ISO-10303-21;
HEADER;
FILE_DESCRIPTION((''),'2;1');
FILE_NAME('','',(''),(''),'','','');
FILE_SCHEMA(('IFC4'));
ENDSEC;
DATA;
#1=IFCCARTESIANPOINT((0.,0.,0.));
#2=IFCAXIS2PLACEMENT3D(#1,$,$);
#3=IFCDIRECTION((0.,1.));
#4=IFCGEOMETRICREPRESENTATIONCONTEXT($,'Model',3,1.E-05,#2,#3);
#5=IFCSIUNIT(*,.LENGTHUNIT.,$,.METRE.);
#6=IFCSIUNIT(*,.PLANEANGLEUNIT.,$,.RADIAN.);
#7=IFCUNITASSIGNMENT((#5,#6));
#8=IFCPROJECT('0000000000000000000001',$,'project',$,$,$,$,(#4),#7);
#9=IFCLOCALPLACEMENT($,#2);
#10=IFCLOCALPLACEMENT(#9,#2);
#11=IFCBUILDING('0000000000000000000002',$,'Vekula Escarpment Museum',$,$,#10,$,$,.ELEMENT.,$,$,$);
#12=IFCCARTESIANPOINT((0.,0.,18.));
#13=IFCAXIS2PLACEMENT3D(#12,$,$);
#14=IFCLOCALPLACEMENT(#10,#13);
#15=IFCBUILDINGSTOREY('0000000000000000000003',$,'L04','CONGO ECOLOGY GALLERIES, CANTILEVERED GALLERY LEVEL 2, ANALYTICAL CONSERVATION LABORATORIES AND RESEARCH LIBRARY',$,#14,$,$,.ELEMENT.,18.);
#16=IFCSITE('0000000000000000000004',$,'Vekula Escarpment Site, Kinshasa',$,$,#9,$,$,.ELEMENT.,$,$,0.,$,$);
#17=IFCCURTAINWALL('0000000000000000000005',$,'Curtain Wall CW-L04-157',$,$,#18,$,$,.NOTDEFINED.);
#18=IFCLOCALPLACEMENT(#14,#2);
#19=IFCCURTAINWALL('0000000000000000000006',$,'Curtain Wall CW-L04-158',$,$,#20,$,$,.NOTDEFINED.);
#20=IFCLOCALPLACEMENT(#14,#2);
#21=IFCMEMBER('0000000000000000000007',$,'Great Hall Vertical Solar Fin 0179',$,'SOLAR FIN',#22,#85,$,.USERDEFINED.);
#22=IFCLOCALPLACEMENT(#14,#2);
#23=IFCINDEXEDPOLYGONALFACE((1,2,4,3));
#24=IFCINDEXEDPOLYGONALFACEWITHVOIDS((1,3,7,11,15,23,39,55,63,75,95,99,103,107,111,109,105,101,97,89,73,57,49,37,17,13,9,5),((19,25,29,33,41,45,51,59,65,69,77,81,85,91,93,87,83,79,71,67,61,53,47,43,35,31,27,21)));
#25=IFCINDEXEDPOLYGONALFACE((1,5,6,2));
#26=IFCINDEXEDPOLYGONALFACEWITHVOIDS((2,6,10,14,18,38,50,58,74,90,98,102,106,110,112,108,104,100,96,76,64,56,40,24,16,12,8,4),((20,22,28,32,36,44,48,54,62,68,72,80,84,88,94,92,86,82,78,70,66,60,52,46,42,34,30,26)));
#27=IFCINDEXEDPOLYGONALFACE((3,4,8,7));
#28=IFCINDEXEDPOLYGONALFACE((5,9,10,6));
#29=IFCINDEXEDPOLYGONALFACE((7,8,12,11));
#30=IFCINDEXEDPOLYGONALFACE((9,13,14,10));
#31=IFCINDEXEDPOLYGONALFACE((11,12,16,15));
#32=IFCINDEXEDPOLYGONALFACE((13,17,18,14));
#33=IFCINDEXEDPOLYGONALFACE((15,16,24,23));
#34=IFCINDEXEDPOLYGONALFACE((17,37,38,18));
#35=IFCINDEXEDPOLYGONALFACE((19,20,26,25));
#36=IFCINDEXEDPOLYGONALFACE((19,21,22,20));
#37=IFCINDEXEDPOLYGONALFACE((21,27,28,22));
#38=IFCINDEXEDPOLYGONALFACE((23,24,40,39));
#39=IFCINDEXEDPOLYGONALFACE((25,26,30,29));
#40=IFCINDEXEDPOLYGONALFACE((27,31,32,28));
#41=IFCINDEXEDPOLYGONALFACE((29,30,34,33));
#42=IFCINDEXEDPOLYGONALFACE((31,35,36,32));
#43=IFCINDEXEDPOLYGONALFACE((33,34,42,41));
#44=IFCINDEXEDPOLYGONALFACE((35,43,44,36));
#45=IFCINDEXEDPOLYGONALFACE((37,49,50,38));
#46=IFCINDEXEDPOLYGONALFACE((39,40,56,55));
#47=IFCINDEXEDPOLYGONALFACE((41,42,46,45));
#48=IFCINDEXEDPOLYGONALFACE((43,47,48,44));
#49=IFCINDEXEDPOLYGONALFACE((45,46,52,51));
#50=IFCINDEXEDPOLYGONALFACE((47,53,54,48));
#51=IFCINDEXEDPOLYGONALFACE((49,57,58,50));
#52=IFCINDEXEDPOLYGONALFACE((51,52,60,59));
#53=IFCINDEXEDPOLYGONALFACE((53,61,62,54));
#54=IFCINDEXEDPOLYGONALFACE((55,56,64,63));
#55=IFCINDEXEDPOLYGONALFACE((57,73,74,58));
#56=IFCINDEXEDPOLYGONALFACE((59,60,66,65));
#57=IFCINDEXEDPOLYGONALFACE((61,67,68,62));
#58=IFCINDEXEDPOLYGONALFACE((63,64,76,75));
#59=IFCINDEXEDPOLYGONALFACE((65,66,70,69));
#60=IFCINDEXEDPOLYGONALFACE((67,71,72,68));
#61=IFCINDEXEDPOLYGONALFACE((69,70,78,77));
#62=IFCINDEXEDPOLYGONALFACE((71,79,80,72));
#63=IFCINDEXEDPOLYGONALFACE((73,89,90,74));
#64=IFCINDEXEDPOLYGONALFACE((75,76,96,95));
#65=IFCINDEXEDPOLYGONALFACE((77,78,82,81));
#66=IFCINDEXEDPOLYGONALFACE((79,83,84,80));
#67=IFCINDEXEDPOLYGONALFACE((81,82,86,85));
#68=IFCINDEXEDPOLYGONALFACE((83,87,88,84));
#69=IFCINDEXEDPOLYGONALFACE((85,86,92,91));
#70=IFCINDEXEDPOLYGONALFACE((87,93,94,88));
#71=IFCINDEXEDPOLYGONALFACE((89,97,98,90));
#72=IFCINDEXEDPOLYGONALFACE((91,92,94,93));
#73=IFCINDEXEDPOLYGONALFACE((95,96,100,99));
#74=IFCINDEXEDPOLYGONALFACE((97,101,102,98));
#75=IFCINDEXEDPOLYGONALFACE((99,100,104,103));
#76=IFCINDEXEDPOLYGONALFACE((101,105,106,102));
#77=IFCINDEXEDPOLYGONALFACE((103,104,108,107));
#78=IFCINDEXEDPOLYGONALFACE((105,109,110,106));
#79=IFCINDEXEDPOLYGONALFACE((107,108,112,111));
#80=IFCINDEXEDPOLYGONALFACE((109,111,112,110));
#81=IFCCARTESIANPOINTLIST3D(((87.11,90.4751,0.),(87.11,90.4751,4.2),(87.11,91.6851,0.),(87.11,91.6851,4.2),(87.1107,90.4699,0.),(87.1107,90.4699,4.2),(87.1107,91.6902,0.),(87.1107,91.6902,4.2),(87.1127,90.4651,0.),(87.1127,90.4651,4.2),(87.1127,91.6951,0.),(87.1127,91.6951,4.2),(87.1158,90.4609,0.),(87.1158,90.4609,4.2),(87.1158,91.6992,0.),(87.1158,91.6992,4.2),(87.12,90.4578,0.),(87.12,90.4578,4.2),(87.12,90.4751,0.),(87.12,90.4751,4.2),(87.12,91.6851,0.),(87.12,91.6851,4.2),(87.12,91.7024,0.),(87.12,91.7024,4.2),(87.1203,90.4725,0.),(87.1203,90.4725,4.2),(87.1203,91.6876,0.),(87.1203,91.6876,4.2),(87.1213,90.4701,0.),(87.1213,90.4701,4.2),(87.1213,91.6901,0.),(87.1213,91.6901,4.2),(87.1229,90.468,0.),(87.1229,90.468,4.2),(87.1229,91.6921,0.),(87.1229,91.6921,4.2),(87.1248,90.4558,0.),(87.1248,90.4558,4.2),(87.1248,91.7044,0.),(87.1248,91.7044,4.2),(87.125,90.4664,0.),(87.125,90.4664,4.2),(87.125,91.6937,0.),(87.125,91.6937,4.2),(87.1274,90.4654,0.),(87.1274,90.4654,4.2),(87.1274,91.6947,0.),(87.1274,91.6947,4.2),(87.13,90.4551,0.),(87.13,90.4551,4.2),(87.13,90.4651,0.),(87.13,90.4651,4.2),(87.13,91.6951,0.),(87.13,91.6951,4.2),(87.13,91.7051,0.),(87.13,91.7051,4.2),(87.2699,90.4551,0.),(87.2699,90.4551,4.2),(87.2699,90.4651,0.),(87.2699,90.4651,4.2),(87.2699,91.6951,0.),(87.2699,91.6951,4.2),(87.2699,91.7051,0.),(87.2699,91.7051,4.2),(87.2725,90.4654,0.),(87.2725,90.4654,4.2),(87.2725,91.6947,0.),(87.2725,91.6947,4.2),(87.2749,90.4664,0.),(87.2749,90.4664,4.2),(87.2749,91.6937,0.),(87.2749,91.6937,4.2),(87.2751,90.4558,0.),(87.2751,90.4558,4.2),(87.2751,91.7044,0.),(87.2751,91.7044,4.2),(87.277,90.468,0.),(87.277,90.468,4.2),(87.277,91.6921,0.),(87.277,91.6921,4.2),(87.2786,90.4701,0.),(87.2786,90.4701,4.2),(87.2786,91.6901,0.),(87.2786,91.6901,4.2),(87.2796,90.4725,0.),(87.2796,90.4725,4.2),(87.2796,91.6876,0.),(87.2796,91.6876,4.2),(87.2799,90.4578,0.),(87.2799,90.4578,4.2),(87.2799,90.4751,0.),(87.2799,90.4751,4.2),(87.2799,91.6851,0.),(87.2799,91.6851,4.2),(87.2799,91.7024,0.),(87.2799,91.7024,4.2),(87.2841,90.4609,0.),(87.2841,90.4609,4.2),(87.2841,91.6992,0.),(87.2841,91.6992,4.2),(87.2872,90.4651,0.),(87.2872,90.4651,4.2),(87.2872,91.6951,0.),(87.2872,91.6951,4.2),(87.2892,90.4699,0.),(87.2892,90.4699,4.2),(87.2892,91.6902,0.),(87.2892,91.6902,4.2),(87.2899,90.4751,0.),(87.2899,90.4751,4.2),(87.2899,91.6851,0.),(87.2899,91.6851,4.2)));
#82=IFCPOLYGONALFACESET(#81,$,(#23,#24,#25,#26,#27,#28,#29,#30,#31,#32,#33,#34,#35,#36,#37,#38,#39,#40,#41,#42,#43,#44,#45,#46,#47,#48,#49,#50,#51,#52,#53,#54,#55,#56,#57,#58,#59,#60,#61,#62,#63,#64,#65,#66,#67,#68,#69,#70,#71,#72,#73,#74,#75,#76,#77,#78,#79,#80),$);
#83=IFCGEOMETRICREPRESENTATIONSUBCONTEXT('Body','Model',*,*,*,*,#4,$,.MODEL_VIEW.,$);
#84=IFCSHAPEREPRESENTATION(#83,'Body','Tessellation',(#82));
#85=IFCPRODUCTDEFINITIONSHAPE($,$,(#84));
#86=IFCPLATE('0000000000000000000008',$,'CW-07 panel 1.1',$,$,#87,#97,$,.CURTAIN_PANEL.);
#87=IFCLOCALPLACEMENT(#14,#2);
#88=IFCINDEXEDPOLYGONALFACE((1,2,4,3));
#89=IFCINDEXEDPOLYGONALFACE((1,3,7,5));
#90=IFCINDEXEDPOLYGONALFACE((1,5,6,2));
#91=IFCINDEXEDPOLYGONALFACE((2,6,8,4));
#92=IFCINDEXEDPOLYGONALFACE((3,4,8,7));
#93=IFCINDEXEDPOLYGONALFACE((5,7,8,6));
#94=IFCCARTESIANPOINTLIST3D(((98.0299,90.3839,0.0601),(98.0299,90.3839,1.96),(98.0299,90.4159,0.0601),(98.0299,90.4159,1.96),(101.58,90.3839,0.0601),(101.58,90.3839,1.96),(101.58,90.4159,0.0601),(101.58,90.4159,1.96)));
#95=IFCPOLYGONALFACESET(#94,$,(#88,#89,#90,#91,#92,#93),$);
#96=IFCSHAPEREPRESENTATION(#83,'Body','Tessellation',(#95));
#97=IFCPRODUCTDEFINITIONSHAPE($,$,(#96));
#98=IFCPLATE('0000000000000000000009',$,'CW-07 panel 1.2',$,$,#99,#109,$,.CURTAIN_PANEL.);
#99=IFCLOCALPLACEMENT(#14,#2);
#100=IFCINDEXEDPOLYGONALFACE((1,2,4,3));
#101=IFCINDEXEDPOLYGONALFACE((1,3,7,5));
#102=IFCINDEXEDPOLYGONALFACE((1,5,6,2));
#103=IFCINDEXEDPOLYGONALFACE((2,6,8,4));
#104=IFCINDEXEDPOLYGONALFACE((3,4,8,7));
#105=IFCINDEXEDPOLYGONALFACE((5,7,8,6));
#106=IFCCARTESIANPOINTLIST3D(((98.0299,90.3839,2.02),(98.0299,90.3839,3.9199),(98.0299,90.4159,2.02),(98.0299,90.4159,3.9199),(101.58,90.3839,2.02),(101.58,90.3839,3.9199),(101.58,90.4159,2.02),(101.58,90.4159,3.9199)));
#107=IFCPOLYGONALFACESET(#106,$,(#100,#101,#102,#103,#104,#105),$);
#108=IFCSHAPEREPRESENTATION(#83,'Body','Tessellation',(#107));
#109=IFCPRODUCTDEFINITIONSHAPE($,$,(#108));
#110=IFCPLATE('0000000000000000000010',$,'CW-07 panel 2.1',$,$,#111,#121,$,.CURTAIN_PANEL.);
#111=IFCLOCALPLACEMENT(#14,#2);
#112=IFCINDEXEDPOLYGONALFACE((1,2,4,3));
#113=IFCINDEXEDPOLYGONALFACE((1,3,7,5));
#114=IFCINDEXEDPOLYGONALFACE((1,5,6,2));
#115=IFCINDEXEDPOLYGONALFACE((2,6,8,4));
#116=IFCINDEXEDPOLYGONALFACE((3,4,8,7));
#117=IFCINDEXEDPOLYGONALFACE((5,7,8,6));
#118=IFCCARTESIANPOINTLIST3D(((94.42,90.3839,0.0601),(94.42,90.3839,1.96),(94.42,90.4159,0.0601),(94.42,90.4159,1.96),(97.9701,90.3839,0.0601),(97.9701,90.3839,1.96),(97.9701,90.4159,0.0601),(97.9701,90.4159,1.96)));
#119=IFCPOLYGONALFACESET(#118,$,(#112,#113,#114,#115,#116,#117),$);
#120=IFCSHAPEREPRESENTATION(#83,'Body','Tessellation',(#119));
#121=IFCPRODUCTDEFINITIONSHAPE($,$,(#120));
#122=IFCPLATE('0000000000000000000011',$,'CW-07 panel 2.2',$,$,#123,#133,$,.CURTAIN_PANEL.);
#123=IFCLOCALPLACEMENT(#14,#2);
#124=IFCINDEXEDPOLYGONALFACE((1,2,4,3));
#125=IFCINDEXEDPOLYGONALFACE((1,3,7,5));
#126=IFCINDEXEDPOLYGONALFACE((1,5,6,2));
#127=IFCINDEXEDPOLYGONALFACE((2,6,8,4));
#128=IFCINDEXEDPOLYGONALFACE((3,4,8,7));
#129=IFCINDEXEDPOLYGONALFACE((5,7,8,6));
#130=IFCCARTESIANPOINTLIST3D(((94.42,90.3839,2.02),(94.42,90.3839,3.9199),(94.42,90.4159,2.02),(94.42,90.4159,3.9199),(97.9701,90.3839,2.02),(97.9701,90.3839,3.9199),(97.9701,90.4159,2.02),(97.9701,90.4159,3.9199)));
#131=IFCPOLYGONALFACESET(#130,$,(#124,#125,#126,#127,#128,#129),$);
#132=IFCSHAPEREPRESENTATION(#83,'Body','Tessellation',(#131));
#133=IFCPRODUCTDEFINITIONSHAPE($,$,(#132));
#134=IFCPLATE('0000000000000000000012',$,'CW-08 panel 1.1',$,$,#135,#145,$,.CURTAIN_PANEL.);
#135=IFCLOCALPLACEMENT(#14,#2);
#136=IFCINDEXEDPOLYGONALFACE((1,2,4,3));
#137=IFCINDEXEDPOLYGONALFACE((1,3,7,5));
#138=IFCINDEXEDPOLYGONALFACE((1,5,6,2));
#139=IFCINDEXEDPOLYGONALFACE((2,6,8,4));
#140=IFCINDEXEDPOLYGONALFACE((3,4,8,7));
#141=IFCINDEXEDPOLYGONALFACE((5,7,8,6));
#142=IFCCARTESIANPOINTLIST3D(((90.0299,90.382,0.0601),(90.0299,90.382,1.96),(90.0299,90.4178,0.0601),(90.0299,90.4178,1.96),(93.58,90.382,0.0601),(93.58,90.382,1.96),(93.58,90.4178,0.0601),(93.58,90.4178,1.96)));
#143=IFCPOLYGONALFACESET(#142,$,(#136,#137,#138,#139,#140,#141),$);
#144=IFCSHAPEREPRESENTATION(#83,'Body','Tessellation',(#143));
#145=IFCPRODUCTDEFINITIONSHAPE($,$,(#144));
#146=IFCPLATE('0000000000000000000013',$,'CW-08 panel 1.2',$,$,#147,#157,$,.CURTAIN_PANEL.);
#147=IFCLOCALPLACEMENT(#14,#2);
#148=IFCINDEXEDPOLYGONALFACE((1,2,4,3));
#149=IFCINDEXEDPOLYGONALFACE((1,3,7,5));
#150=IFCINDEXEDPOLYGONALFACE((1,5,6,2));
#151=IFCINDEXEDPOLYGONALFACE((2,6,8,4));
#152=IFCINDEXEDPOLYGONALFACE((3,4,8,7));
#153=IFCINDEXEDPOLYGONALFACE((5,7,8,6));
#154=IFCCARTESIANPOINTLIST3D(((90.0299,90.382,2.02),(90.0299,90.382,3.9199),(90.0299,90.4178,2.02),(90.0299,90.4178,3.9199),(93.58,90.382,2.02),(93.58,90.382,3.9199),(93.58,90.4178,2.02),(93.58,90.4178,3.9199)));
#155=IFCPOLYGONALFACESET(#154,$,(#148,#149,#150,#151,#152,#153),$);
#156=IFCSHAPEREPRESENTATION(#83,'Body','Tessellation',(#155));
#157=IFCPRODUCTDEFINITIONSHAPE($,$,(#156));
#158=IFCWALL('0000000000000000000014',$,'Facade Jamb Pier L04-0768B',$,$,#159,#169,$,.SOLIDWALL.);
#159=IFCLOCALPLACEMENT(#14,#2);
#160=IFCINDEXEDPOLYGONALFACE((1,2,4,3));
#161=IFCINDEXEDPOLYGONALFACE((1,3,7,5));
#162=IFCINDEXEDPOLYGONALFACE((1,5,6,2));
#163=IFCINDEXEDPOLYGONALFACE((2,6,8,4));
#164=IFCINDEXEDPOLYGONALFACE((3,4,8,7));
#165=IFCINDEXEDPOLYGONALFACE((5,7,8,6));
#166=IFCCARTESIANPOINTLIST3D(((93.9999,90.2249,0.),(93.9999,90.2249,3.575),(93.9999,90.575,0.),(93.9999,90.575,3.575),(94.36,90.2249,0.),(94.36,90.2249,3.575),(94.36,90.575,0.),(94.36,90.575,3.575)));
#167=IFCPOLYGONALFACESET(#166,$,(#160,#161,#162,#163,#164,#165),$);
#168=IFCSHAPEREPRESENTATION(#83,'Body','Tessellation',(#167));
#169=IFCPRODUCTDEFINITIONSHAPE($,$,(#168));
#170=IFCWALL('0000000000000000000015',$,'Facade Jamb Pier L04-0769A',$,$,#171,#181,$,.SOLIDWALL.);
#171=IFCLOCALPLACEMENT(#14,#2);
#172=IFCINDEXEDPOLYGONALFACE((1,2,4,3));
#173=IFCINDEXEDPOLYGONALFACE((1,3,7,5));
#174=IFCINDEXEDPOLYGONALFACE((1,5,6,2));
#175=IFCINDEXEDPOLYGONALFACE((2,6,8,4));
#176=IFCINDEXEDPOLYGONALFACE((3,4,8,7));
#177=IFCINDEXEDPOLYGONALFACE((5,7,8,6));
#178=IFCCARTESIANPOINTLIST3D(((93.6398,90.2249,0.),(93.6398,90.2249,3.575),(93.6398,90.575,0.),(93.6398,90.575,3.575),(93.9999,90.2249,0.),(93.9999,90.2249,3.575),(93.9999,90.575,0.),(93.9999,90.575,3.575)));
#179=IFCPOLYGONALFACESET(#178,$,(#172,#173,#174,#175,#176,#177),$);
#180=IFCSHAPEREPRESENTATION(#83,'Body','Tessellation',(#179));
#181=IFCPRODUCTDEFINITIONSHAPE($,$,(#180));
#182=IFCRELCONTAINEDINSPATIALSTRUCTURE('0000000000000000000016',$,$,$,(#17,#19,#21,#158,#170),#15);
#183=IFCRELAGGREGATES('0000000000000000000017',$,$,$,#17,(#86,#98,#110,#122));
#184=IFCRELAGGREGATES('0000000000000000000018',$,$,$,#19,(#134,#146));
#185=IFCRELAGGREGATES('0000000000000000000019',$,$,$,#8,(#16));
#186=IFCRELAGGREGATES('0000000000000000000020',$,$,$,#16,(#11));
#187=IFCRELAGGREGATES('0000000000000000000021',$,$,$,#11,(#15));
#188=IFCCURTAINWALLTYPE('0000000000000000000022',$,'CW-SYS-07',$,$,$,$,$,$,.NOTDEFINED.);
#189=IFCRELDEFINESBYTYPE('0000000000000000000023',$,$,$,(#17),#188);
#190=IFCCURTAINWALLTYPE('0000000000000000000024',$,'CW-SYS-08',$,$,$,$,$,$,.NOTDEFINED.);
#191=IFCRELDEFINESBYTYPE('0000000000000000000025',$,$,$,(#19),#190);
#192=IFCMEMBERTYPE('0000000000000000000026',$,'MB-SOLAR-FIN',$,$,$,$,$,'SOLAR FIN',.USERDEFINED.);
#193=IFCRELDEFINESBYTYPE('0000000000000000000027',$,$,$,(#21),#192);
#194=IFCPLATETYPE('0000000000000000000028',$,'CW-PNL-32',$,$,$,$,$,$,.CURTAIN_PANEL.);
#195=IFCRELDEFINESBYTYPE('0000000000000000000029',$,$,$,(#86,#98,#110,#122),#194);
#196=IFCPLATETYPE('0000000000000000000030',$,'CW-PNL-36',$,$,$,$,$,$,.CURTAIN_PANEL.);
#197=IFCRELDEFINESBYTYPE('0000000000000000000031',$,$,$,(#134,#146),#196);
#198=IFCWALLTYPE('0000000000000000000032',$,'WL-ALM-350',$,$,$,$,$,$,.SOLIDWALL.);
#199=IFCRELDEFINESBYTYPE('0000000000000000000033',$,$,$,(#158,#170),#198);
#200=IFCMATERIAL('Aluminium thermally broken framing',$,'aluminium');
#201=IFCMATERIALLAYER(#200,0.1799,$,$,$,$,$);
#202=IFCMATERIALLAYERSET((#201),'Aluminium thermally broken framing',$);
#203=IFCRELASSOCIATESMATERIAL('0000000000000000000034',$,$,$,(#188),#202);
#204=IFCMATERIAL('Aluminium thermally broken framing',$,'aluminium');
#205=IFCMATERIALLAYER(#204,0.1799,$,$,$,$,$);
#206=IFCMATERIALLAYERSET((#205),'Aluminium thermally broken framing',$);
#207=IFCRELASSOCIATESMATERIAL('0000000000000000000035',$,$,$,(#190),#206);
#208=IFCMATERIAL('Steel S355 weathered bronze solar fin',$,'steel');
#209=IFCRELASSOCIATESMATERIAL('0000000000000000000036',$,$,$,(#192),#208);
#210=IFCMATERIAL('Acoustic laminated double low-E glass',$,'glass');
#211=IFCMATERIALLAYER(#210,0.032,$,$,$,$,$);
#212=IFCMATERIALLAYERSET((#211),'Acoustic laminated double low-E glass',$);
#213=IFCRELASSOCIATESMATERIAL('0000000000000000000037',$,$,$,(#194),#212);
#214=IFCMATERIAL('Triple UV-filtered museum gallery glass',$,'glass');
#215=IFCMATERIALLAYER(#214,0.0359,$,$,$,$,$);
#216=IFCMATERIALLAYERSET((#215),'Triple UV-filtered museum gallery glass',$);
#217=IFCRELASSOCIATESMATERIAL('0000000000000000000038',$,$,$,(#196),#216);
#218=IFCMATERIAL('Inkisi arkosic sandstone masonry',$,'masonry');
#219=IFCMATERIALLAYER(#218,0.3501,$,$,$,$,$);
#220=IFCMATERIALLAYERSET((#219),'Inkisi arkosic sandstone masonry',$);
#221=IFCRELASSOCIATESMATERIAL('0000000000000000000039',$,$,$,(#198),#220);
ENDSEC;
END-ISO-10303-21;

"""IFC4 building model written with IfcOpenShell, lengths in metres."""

from ifc_helpers import new_model, si_unit, direction, frame, frame_2d, origin, origin_2d, place, context, subcontext, project, spatial, rectangle, hollow_rectangle, extrude, material, layer, layer_set, material_profile, profile_set, type_object, element, aggregate, save


model = new_model("IFC4")

# Units and contexts
model_context = context("Model", 3, precision=1e-05, world=origin(), true_north=direction((0.0, 1.0)))
body_context = subcontext(model_context, "Body", "Model", "MODEL_VIEW")
ifc_project = project(units=[si_unit("LENGTHUNIT", "METRE"), si_unit("PLANEANGLEUNIT", "RADIAN")], contexts=[model_context])

# Site, building, storey
site_placement = place(None, origin())
site = spatial("IfcSite", under=ifc_project, at=site_placement, Name="Vekula Escarpment Site, Kinshasa", CompositionType="ELEMENT", RefElevation=0.0)
building_placement = place(site_placement, origin())
building = spatial("IfcBuilding", under=site, at=building_placement, Name="Vekula Escarpment Museum", CompositionType="ELEMENT")
storey_placement = place(building_placement, frame((0.0, 0.0, 18.0)))
storey = spatial("IfcBuildingStorey", under=building, at=storey_placement, Name="L04", Description="CONGO ECOLOGY GALLERIES, CANTILEVERED GALLERY LEVEL 2, ANALYTICAL CONSERVATION LABORATORIES AND RESEARCH LIBRARY", CompositionType="ELEMENT", Elevation=18.0)

# Curtain wall
ifc_material_1 = material(Name="Aluminium thermally broken framing", Category="aluminium")
ifc_layer_1 = layer(ifc_material_1, 0.1799)
ifc_layer_set_1 = layer_set([ifc_layer_1], Name="Aluminium thermally broken framing")
curtain_wall_type_1 = type_object("IfcCurtainWallType", Name="CW-SYS-07", PredefinedType="NOTDEFINED", material=ifc_layer_set_1)
curtain_wall_1_placement = place(storey_placement, origin())
curtain_wall_1 = element("IfcCurtainWall", 1, at=curtain_wall_1_placement, inside=storey, type_object=curtain_wall_type_1, Name="Curtain Wall CW-L04-157", PredefinedType="NOTDEFINED")

# Curtain wall
ifc_material_2 = material(Name="Aluminium thermally broken framing", Category="aluminium")
ifc_layer_2 = layer(ifc_material_2, 0.1799)
ifc_layer_set_2 = layer_set([ifc_layer_2], Name="Aluminium thermally broken framing")
curtain_wall_type_2 = type_object("IfcCurtainWallType", Name="CW-SYS-08", PredefinedType="NOTDEFINED", material=ifc_layer_set_2)
curtain_wall_2_placement = place(storey_placement, origin())
curtain_wall_2 = element("IfcCurtainWall", 2, at=curtain_wall_2_placement, inside=storey, type_object=curtain_wall_type_2, Name="Curtain Wall CW-L04-158", PredefinedType="NOTDEFINED")

# Member
ifc_material_3 = material(Name="Steel S355 weathered bronze solar fin", Category="steel")
ifc_material_profile_1 = material_profile(ifc_material_3, hollow_rectangle(XDim=0.1799, YDim=1.25, WallThickness=0.01, InnerFilletRadius=0.01, OuterFilletRadius=0.02, at=origin_2d()), Name="RHS 1250x180x10")
ifc_profile_set_1 = profile_set([ifc_material_profile_1], Name="Steel S355 weathered bronze solar fin")
member_type_1 = type_object("IfcMemberType", Name="MB-SOLAR-FIN", ElementType="SOLAR FIN", PredefinedType="USERDEFINED", material=ifc_profile_set_1)
for number, where, z_axis, x_axis, name in (
    (3, (87.2, 91.0801, 0.0), (0.0, 0.0, 1.0), (1.0, 0.0, 0.0), "Great Hall Vertical Solar Fin 0179"),
):
    element("IfcMember", number, at=place(storey_placement, frame(where, z_axis=z_axis, x_axis=x_axis)), inside=storey, type_object=member_type_1, Name=name, ObjectType="SOLAR FIN", PredefinedType="USERDEFINED", context=body_context, shape_type="SweptSolid", body=[
        extrude(hollow_rectangle(XDim=0.1799, YDim=1.25, WallThickness=0.01, InnerFilletRadius=0.01, OuterFilletRadius=0.02, at=origin_2d()), origin(), (0.0, 0.0, 1.0), 4.2),
    ])

# Plates
ifc_material_4 = material(Name="Acoustic laminated double low-E glass", Category="glass")
ifc_layer_3 = layer(ifc_material_4, 0.032)
ifc_layer_set_3 = layer_set([ifc_layer_3], Name="Acoustic laminated double low-E glass")
plate_type_1 = type_object("IfcPlateType", Name="CW-PNL-32", PredefinedType="CURTAIN_PANEL", material=ifc_layer_set_3)
plate_1_placement = place(storey_placement, frame((99.8049, 90.3999, 0.0601), z_axis=(0.0, 0.0, 1.0), x_axis=(-1.0, 0.0, 0.0)))
plate_1 = element("IfcPlate", 4, at=plate_1_placement, type_object=plate_type_1, Name="CW-07 panel 1.1", PredefinedType="CURTAIN_PANEL", context=body_context, shape_type="SweptSolid", body=[
    extrude(rectangle(XDim=3.55, YDim=0.032, at=origin_2d()), origin(), (0.0, 0.0, 1.0), 1.8999),
])
plate_2_placement = place(storey_placement, frame((99.8049, 90.3999, 2.02), z_axis=(0.0, 0.0, 1.0), x_axis=(-1.0, 0.0, 0.0)))
plate_2 = element("IfcPlate", 5, at=plate_2_placement, type_object=plate_type_1, Name="CW-07 panel 1.2", PredefinedType="CURTAIN_PANEL", context=body_context, shape_type="SweptSolid", body=[
    extrude(rectangle(XDim=3.55, YDim=0.032, at=origin_2d()), origin(), (0.0, 0.0, 1.0), 1.8999),
])
plate_3_placement = place(storey_placement, frame((96.1951, 90.3999, 0.0601), z_axis=(0.0, 0.0, 1.0), x_axis=(-1.0, 0.0, 0.0)))
plate_3 = element("IfcPlate", 6, at=plate_3_placement, type_object=plate_type_1, Name="CW-07 panel 2.1", PredefinedType="CURTAIN_PANEL", context=body_context, shape_type="SweptSolid", body=[
    extrude(rectangle(XDim=3.55, YDim=0.032, at=origin_2d()), origin(), (0.0, 0.0, 1.0), 1.8999),
])
plate_4_placement = place(storey_placement, frame((96.1951, 90.3999, 2.02), z_axis=(0.0, 0.0, 1.0), x_axis=(-1.0, 0.0, 0.0)))
plate_4 = element("IfcPlate", 7, at=plate_4_placement, type_object=plate_type_1, Name="CW-07 panel 2.2", PredefinedType="CURTAIN_PANEL", context=body_context, shape_type="SweptSolid", body=[
    extrude(rectangle(XDim=3.55, YDim=0.032, at=origin_2d()), origin(), (0.0, 0.0, 1.0), 1.8999),
])
aggregate(curtain_wall_1, [plate_1, plate_2, plate_3, plate_4])
ifc_material_5 = material(Name="Triple UV-filtered museum gallery glass", Category="glass")
ifc_layer_4 = layer(ifc_material_5, 0.0359)
ifc_layer_set_4 = layer_set([ifc_layer_4], Name="Triple UV-filtered museum gallery glass")
plate_type_2 = type_object("IfcPlateType", Name="CW-PNL-36", PredefinedType="CURTAIN_PANEL", material=ifc_layer_set_4)
plate_5_placement = place(storey_placement, frame((91.8049, 90.3999, 0.0601), z_axis=(0.0, 0.0, 1.0), x_axis=(-1.0, 0.0, 0.0)))
plate_5 = element("IfcPlate", 8, at=plate_5_placement, type_object=plate_type_2, Name="CW-08 panel 1.1", PredefinedType="CURTAIN_PANEL", context=body_context, shape_type="SweptSolid", body=[
    extrude(rectangle(XDim=3.55, YDim=0.0359, at=origin_2d()), origin(), (0.0, 0.0, 1.0), 1.8999),
])
plate_6_placement = place(storey_placement, frame((91.8049, 90.3999, 2.02), z_axis=(0.0, 0.0, 1.0), x_axis=(-1.0, 0.0, 0.0)))
plate_6 = element("IfcPlate", 9, at=plate_6_placement, type_object=plate_type_2, Name="CW-08 panel 1.2", PredefinedType="CURTAIN_PANEL", context=body_context, shape_type="SweptSolid", body=[
    extrude(rectangle(XDim=3.55, YDim=0.0359, at=origin_2d()), origin(), (0.0, 0.0, 1.0), 1.8999),
])
aggregate(curtain_wall_2, [plate_5, plate_6])

# Walls
ifc_material_6 = material(Name="Inkisi arkosic sandstone masonry", Category="masonry")
ifc_layer_5 = layer(ifc_material_6, 0.3501)
ifc_layer_set_5 = layer_set([ifc_layer_5], Name="Inkisi arkosic sandstone masonry")
wall_type = type_object("IfcWallType", Name="WL-ALM-350", PredefinedType="SOLIDWALL", material=ifc_layer_set_5)
for number, where, z_axis, x_axis, name in (
    (10, (94.3601, 90.3999, 0.0), (0.0, 0.0, 1.0), (-1.0, 0.0, 0.0), "Facade Jamb Pier L04-0768B"),
    (11, (94.0, 90.3999, 0.0), (0.0, 0.0, 1.0), (-1.0, 0.0, 0.0), "Facade Jamb Pier L04-0769A"),
):
    element("IfcWall", number, at=place(storey_placement, frame(where, z_axis=z_axis, x_axis=x_axis)), inside=storey, type_object=wall_type, Name=name, PredefinedType="SOLIDWALL", context=body_context, shape_type="SweptSolid", body=[
        extrude(rectangle(XDim=0.3601, YDim=0.3501, at=frame_2d((0.1802, 0.0))), origin(), (0.0, 0.0, 1.0), 3.575),
    ])

save(model, "model.ifc")
